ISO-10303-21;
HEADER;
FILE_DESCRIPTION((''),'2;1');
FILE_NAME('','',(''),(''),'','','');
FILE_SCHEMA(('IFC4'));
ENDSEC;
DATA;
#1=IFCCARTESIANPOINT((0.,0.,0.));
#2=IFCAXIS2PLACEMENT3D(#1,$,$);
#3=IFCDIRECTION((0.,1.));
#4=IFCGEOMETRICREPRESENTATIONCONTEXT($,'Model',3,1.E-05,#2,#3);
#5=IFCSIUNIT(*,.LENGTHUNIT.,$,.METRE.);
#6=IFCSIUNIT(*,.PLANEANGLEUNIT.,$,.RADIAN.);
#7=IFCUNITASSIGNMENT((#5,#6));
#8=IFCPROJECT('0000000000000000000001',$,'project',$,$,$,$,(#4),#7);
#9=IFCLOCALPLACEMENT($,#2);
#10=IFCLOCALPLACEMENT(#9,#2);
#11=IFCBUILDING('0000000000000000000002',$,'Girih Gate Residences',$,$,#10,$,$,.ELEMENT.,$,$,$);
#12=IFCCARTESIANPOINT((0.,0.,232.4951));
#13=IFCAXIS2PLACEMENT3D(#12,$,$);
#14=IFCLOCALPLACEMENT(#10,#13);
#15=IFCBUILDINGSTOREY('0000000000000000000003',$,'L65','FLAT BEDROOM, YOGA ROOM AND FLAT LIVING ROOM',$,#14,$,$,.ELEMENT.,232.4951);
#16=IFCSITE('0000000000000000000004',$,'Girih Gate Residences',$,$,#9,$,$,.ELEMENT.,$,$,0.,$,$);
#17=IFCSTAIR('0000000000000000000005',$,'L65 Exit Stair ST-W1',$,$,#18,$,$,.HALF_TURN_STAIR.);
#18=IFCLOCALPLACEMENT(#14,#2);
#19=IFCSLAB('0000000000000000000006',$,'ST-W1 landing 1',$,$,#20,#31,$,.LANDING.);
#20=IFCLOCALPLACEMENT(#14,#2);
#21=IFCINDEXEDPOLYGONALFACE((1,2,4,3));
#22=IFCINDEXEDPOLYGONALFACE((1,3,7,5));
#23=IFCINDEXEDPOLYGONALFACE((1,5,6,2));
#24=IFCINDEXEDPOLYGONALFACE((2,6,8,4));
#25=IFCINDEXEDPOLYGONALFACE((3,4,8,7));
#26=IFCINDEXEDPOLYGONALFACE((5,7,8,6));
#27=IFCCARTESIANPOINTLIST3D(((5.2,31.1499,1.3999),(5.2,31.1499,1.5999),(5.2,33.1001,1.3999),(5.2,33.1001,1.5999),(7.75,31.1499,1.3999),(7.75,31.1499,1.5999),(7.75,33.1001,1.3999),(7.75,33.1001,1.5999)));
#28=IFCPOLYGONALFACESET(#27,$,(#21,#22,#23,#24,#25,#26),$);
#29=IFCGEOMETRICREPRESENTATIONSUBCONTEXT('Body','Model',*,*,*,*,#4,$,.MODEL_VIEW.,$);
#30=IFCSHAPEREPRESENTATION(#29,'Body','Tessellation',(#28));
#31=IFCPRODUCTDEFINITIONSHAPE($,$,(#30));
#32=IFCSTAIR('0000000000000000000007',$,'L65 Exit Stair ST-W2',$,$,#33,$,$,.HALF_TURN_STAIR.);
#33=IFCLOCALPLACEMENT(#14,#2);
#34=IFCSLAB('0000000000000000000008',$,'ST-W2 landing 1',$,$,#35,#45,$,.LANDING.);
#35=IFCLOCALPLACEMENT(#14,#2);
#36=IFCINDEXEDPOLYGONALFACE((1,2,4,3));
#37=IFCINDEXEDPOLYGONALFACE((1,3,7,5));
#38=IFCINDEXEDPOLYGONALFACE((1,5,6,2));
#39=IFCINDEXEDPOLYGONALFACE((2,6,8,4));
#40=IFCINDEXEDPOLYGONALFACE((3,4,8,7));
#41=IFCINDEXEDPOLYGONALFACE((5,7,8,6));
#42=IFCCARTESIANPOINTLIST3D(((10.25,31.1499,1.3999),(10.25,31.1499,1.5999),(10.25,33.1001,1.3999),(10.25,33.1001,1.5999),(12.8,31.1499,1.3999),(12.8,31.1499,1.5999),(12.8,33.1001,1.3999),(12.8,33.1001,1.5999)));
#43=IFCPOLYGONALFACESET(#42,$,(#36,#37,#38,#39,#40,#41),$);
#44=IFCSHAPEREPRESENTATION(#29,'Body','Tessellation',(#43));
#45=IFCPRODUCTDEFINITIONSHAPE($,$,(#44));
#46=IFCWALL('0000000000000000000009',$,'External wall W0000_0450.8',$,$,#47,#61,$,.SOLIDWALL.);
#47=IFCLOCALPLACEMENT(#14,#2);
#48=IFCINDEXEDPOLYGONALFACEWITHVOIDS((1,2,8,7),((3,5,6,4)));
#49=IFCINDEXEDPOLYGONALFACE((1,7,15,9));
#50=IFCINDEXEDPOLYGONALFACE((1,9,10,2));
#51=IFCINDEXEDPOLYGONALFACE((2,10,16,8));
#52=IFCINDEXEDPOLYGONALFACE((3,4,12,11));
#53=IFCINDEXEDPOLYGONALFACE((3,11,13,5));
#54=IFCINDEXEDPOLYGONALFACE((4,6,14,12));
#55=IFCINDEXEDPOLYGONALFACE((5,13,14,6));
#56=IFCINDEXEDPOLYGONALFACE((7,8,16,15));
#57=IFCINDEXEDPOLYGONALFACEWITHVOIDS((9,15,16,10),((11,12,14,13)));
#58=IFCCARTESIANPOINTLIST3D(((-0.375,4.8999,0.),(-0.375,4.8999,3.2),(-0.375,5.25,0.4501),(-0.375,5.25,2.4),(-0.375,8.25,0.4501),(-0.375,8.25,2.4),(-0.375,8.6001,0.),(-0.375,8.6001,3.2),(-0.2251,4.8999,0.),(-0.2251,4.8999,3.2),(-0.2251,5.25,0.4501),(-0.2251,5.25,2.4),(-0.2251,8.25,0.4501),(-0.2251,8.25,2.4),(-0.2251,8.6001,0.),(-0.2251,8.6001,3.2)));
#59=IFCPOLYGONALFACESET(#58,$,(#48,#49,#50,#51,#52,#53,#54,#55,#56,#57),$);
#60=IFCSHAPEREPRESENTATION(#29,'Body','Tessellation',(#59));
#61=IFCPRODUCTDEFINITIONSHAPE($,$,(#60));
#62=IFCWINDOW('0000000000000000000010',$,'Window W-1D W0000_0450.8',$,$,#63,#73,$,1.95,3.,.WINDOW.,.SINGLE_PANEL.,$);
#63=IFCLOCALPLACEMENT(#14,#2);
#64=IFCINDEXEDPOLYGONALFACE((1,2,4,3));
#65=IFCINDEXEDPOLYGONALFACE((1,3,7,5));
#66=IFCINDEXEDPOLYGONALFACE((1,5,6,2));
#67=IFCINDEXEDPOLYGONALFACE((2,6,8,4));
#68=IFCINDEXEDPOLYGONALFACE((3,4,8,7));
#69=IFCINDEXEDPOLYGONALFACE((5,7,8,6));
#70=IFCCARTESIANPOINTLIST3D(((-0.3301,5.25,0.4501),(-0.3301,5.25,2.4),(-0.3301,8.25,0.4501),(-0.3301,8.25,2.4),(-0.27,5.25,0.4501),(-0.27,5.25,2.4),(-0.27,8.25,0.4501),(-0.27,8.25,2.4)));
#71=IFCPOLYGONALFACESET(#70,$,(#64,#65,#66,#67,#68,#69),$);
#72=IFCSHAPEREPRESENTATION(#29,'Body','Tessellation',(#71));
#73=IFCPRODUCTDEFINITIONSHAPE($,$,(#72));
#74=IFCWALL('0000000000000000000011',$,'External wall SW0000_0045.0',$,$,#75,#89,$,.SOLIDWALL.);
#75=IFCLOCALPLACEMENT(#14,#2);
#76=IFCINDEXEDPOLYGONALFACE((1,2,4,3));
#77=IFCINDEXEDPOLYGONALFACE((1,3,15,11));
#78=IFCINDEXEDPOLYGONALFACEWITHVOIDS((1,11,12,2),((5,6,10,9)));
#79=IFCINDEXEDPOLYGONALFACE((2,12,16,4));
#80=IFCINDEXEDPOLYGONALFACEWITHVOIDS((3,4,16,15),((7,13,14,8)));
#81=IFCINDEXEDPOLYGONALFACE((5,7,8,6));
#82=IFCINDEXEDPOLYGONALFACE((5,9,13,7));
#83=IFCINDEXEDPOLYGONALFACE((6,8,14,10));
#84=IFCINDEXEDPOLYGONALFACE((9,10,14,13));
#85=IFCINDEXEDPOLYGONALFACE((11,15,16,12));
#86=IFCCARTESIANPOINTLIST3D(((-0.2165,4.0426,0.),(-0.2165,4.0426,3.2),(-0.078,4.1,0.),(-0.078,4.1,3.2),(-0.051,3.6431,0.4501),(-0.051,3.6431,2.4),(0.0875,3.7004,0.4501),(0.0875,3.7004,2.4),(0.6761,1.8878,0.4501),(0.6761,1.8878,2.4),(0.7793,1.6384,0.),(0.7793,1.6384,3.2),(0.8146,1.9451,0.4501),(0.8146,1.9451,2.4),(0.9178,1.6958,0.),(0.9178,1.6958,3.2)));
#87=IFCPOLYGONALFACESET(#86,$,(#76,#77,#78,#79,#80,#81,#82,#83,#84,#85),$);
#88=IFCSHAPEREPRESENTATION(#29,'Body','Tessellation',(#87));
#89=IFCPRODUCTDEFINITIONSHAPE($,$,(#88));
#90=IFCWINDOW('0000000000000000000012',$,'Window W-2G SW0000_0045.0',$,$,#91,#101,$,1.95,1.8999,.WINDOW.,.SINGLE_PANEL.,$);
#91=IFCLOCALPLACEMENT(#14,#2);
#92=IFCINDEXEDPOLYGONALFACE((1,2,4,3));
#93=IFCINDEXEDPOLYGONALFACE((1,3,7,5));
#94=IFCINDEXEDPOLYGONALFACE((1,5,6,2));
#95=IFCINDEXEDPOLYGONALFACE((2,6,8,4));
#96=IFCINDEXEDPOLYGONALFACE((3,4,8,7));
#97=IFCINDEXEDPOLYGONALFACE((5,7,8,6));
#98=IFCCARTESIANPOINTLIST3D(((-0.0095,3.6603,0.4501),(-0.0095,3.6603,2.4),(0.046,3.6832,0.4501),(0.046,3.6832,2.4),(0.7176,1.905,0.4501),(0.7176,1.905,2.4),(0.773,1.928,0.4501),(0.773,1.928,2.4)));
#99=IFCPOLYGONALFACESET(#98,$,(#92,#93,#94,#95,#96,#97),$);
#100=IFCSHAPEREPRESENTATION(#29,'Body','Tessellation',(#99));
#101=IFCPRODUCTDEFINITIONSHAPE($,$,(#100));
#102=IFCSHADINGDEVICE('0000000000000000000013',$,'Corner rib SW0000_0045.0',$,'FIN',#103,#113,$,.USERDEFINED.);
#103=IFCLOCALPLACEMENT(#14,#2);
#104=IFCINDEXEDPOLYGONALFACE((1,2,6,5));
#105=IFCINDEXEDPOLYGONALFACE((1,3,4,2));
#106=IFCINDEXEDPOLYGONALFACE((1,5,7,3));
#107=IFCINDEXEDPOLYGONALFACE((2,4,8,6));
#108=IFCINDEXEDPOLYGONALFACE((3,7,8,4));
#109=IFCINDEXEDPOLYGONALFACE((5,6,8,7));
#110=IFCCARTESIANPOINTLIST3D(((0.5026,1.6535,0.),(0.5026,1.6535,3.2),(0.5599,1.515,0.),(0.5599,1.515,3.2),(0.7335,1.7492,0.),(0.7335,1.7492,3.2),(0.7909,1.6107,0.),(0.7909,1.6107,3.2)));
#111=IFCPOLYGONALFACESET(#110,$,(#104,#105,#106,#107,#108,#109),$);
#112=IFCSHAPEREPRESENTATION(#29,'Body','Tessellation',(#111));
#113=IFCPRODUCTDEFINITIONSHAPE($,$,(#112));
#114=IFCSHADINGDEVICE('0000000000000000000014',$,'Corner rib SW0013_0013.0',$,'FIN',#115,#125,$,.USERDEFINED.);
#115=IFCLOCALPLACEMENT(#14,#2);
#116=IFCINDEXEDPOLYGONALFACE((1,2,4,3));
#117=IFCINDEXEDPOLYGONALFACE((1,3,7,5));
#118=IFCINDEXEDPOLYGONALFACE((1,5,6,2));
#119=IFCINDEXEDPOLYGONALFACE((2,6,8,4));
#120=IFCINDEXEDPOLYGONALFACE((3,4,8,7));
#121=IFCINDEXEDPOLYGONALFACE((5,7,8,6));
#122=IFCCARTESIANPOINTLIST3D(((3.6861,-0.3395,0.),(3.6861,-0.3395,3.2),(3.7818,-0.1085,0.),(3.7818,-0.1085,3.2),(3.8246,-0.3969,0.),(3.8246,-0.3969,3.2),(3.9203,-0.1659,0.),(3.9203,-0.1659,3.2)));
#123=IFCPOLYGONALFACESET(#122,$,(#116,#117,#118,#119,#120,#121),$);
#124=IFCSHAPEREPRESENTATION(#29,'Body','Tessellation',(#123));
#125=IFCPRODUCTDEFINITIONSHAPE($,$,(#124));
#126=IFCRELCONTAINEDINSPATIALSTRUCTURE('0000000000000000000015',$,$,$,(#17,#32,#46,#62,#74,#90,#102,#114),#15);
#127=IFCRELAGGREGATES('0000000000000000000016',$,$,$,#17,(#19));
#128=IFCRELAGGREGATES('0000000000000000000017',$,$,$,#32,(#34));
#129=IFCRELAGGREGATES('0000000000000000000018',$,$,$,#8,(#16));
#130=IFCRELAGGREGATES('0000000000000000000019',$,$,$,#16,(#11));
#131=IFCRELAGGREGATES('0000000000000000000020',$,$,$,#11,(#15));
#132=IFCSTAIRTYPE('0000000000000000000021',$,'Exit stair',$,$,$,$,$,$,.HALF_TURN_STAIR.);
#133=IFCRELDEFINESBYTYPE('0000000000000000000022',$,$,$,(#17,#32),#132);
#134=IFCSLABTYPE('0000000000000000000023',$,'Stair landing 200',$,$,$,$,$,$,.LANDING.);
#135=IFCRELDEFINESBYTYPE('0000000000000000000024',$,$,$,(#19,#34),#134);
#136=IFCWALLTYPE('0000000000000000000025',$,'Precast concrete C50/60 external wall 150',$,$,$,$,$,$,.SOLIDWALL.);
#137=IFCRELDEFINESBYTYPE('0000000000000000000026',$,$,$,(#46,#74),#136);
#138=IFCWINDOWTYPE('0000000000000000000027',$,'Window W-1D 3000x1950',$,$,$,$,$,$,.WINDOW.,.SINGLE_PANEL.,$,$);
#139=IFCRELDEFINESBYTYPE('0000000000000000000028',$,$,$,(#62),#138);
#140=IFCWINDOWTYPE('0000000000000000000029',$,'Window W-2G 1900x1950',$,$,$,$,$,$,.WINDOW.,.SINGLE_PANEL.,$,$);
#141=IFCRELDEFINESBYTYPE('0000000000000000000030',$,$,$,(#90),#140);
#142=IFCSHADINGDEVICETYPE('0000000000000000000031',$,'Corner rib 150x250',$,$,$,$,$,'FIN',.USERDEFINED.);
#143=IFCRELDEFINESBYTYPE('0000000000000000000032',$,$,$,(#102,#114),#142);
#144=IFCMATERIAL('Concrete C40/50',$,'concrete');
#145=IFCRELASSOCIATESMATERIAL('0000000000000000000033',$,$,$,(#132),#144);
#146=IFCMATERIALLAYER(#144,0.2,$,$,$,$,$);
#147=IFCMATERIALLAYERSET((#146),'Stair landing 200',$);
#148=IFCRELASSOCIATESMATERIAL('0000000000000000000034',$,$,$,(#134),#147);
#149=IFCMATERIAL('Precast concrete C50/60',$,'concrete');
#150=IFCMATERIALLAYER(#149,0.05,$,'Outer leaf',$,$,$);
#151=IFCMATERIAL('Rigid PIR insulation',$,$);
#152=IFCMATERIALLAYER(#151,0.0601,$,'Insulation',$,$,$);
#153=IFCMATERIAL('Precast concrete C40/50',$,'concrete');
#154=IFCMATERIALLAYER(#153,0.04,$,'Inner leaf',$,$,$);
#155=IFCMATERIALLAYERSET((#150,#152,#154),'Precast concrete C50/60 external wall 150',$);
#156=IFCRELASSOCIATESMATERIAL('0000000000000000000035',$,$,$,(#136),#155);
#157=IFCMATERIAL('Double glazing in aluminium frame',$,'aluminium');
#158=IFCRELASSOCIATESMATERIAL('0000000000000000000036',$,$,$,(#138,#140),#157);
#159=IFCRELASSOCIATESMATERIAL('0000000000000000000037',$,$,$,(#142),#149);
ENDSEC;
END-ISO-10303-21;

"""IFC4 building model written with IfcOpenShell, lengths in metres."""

from ifc_helpers import new_model, si_unit, direction, frame, frame_2d, origin, origin_2d, place, context, subcontext, project, spatial, polyline, rectangle, outline, extrude, material, layer, layer_set, type_object, element, fill, aggregate, save


model = new_model("IFC4")

# Units and contexts
model_context = context("Model", 3, precision=1e-05, world=origin(), true_north=direction((0.0, 1.0)))
body_context = subcontext(model_context, "Body", "Model", "MODEL_VIEW")
ifc_project = project(units=[si_unit("LENGTHUNIT", "METRE"), si_unit("PLANEANGLEUNIT", "RADIAN")], contexts=[model_context])

# Site, building, storey
site_placement = place(None, origin())
site = spatial("IfcSite", under=ifc_project, at=site_placement, Name="Girih Gate Residences", CompositionType="ELEMENT", RefElevation=0.0)
building_placement = place(site_placement, origin())
building = spatial("IfcBuilding", under=site, at=building_placement, Name="Girih Gate Residences", CompositionType="ELEMENT")
storey_placement = place(building_placement, frame((0.0, 0.0, 232.4951)))
storey = spatial("IfcBuildingStorey", under=building, at=storey_placement, Name="L65", Description="FLAT BEDROOM, YOGA ROOM AND FLAT LIVING ROOM", CompositionType="ELEMENT", Elevation=232.4951)

# Shared definitions
ifc_material_1 = material(Name="Concrete C40/50", Category="concrete")

# Stairs, slabs
stair_type = type_object("IfcStairType", Name="Exit stair", PredefinedType="HALF_TURN_STAIR", material=ifc_material_1)
stair_1_placement = place(storey_placement, origin())
stair_1 = element("IfcStair", 1, at=stair_1_placement, inside=storey, type_object=stair_type, Name="L65 Exit Stair ST-W1", PredefinedType="HALF_TURN_STAIR")
ifc_layer_1 = layer(ifc_material_1, 0.2)
ifc_layer_set_1 = layer_set([ifc_layer_1], Name="Stair landing 200")
slab_type_1 = type_object("IfcSlabType", Name="Stair landing 200", PredefinedType="LANDING", material=ifc_layer_set_1)
slab_1_placement = place(storey_placement, frame((0.0, 0.0, 1.3999)))
slab_1 = element("IfcSlab", 2, at=slab_1_placement, type_object=slab_type_1, Name="ST-W1 landing 1", PredefinedType="LANDING", context=body_context, shape_type="SweptSolid", body=[
    extrude(outline(polyline([(7.75, 31.1499), (7.75, 33.1001), (5.2, 33.1001), (5.2, 31.1499), (7.75, 31.1499)])), origin(), (0.0, 0.0, 1.0), 0.2),
])
aggregate(stair_1, [slab_1])
stair_2_placement = place(storey_placement, origin())
stair_2 = element("IfcStair", 3, at=stair_2_placement, inside=storey, type_object=stair_type, Name="L65 Exit Stair ST-W2", PredefinedType="HALF_TURN_STAIR")
slab_2_placement = place(storey_placement, frame((0.0, 0.0, 1.3999)))
slab_2 = element("IfcSlab", 4, at=slab_2_placement, type_object=slab_type_1, Name="ST-W2 landing 1", PredefinedType="LANDING", context=body_context, shape_type="SweptSolid", body=[
    extrude(outline(polyline([(12.8, 31.1499), (12.8, 33.1001), (10.25, 33.1001), (10.25, 31.1499), (12.8, 31.1499)])), origin(), (0.0, 0.0, 1.0), 0.2),
])
aggregate(stair_2, [slab_2])

# Walls, openings, windows
ifc_material_2 = material(Name="Precast concrete C50/60", Category="concrete")
ifc_layer_2 = layer(ifc_material_2, 0.05, Name="Outer leaf")
ifc_material_3 = material(Name="Rigid PIR insulation")
ifc_layer_3 = layer(ifc_material_3, 0.0601, Name="Insulation")
ifc_material_4 = material(Name="Precast concrete C40/50", Category="concrete")
ifc_layer_4 = layer(ifc_material_4, 0.04, Name="Inner leaf")
ifc_layer_set_2 = layer_set([ifc_layer_2, ifc_layer_3, ifc_layer_4], Name="Precast concrete C50/60 external wall 150")
wall_type = type_object("IfcWallType", Name="Precast concrete C50/60 external wall 150", PredefinedType="SOLIDWALL", material=ifc_layer_set_2)
wall_1_placement = place(storey_placement, frame((-0.3, 4.8999, 0.0), z_axis=(0.0, 0.0, 1.0), x_axis=(0.0, 1.0, 0.0)))
wall_1 = element("IfcWall", 5, at=wall_1_placement, inside=storey, type_object=wall_type, Name="External wall W0000_0450.8", PredefinedType="SOLIDWALL", context=body_context, shape_type="SweptSolid", body=[
    extrude(rectangle(XDim=3.7002, YDim=0.1499, at=frame_2d((1.8501, 0.0))), origin(), (0.0, 0.0, 1.0), 3.2),
])
opening_1_placement = place(wall_1_placement, frame((0.3501, 0.0, 0.45)))
opening_1 = element("IfcOpeningElement", 6, at=opening_1_placement, cuts=wall_1, PredefinedType="OPENING", context=body_context, shape_type="SweptSolid", body=[
    extrude(rectangle(XDim=3.0, YDim=1.95, at=frame_2d((1.5, 0.9751))), frame((0.0, 0.085, 0.0), z_axis=(0.0, -1.0, 0.0), x_axis=(1.0, 0.0, 0.0)), (0.0, 0.0, 1.0), 0.1699),
])
ifc_material_5 = material(Name="Double glazing in aluminium frame", Category="aluminium")
window_type_1 = type_object("IfcWindowType", Name="Window W-1D 3000x1950", PartitioningType="SINGLE_PANEL", PredefinedType="WINDOW", material=ifc_material_5)
window_1_placement = place(opening_1_placement, origin())
window_1 = element("IfcWindow", 7, at=window_1_placement, inside=storey, type_object=window_type_1, Name="Window W-1D W0000_0450.8", OverallHeight=1.95, OverallWidth=3.0, PartitioningType="SINGLE_PANEL", PredefinedType="WINDOW", context=body_context, shape_type="SweptSolid", body=[
    extrude(rectangle(XDim=3.0, YDim=1.95, at=frame_2d((1.5, 0.9751))), frame((0.0, 0.03, 0.0), z_axis=(0.0, -1.0, 0.0), x_axis=(1.0, 0.0, 0.0)), (0.0, 0.0, 1.0), 0.0601),
])
fill(opening_1, window_1)
wall_2_placement = place(storey_placement, frame((0.8486, 1.667, 0.0), z_axis=(0.0, 0.0, 1.0), x_axis=(-0.382669, 0.923885, 0.0)))
wall_2 = element("IfcWall", 8, at=wall_2_placement, inside=storey, type_object=wall_type, Name="External wall SW0000_0045.0", PredefinedType="SOLIDWALL", context=body_context, shape_type="SweptSolid", body=[
    extrude(rectangle(XDim=2.6023, YDim=0.1499, at=frame_2d((1.3013, 0.0))), origin(), (0.0, 0.0, 1.0), 3.2),
])
opening_2_placement = place(wall_2_placement, frame((0.27, 0.0, 0.45)))
opening_2 = element("IfcOpeningElement", 9, at=opening_2_placement, cuts=wall_2, PredefinedType="OPENING", context=body_context, shape_type="SweptSolid", body=[
    extrude(rectangle(XDim=1.8999, YDim=1.95, at=frame_2d((0.95, 0.9751))), frame((0.0, 0.085, 0.0), z_axis=(0.0, -1.0, 0.0), x_axis=(1.0, 0.0, 0.0)), (0.0, 0.0, 1.0), 0.1699),
])
window_type_2 = type_object("IfcWindowType", Name="Window W-2G 1900x1950", PartitioningType="SINGLE_PANEL", PredefinedType="WINDOW", material=ifc_material_5)
window_2_placement = place(opening_2_placement, origin())
window_2 = element("IfcWindow", 10, at=window_2_placement, inside=storey, type_object=window_type_2, Name="Window W-2G SW0000_0045.0", OverallHeight=1.95, OverallWidth=1.8999, PartitioningType="SINGLE_PANEL", PredefinedType="WINDOW", context=body_context, shape_type="SweptSolid", body=[
    extrude(rectangle(XDim=1.8999, YDim=1.95, at=frame_2d((0.95, 0.9751))), frame((0.0, 0.03, 0.0), z_axis=(0.0, -1.0, 0.0), x_axis=(1.0, 0.0, 0.0)), (0.0, 0.0, 1.0), 0.0601),
])
fill(opening_2, window_2)

# Shading devices
shading_device_type = type_object("IfcShadingDeviceType", Name="Corner rib 150x250", ElementType="FIN", PredefinedType="USERDEFINED", material=ifc_material_2)
for number, where, z_axis, x_axis, name in (
    (11, (0.6467, 1.6321, 0.0), (0.0, 0.0, 1.0), (0.382683, -0.92388, 0.0), "Corner rib SW0000_0045.0"),
    (12, (3.8032, -0.2527, 0.0), (0.0, 0.0, 1.0), (0.92388, -0.382683, 0.0), "Corner rib SW0013_0013.0"),
):
    element("IfcShadingDevice", number, at=place(storey_placement, frame(where, z_axis=z_axis, x_axis=x_axis)), inside=storey, type_object=shading_device_type, Name=name, ObjectType="FIN", PredefinedType="USERDEFINED", context=body_context, shape_type="SweptSolid", body=[
        extrude(rectangle(XDim=0.1499, YDim=0.25, at=origin_2d()), origin(), (0.0, 0.0, 1.0), 3.2),
    ])

save(model, "model.ifc")
